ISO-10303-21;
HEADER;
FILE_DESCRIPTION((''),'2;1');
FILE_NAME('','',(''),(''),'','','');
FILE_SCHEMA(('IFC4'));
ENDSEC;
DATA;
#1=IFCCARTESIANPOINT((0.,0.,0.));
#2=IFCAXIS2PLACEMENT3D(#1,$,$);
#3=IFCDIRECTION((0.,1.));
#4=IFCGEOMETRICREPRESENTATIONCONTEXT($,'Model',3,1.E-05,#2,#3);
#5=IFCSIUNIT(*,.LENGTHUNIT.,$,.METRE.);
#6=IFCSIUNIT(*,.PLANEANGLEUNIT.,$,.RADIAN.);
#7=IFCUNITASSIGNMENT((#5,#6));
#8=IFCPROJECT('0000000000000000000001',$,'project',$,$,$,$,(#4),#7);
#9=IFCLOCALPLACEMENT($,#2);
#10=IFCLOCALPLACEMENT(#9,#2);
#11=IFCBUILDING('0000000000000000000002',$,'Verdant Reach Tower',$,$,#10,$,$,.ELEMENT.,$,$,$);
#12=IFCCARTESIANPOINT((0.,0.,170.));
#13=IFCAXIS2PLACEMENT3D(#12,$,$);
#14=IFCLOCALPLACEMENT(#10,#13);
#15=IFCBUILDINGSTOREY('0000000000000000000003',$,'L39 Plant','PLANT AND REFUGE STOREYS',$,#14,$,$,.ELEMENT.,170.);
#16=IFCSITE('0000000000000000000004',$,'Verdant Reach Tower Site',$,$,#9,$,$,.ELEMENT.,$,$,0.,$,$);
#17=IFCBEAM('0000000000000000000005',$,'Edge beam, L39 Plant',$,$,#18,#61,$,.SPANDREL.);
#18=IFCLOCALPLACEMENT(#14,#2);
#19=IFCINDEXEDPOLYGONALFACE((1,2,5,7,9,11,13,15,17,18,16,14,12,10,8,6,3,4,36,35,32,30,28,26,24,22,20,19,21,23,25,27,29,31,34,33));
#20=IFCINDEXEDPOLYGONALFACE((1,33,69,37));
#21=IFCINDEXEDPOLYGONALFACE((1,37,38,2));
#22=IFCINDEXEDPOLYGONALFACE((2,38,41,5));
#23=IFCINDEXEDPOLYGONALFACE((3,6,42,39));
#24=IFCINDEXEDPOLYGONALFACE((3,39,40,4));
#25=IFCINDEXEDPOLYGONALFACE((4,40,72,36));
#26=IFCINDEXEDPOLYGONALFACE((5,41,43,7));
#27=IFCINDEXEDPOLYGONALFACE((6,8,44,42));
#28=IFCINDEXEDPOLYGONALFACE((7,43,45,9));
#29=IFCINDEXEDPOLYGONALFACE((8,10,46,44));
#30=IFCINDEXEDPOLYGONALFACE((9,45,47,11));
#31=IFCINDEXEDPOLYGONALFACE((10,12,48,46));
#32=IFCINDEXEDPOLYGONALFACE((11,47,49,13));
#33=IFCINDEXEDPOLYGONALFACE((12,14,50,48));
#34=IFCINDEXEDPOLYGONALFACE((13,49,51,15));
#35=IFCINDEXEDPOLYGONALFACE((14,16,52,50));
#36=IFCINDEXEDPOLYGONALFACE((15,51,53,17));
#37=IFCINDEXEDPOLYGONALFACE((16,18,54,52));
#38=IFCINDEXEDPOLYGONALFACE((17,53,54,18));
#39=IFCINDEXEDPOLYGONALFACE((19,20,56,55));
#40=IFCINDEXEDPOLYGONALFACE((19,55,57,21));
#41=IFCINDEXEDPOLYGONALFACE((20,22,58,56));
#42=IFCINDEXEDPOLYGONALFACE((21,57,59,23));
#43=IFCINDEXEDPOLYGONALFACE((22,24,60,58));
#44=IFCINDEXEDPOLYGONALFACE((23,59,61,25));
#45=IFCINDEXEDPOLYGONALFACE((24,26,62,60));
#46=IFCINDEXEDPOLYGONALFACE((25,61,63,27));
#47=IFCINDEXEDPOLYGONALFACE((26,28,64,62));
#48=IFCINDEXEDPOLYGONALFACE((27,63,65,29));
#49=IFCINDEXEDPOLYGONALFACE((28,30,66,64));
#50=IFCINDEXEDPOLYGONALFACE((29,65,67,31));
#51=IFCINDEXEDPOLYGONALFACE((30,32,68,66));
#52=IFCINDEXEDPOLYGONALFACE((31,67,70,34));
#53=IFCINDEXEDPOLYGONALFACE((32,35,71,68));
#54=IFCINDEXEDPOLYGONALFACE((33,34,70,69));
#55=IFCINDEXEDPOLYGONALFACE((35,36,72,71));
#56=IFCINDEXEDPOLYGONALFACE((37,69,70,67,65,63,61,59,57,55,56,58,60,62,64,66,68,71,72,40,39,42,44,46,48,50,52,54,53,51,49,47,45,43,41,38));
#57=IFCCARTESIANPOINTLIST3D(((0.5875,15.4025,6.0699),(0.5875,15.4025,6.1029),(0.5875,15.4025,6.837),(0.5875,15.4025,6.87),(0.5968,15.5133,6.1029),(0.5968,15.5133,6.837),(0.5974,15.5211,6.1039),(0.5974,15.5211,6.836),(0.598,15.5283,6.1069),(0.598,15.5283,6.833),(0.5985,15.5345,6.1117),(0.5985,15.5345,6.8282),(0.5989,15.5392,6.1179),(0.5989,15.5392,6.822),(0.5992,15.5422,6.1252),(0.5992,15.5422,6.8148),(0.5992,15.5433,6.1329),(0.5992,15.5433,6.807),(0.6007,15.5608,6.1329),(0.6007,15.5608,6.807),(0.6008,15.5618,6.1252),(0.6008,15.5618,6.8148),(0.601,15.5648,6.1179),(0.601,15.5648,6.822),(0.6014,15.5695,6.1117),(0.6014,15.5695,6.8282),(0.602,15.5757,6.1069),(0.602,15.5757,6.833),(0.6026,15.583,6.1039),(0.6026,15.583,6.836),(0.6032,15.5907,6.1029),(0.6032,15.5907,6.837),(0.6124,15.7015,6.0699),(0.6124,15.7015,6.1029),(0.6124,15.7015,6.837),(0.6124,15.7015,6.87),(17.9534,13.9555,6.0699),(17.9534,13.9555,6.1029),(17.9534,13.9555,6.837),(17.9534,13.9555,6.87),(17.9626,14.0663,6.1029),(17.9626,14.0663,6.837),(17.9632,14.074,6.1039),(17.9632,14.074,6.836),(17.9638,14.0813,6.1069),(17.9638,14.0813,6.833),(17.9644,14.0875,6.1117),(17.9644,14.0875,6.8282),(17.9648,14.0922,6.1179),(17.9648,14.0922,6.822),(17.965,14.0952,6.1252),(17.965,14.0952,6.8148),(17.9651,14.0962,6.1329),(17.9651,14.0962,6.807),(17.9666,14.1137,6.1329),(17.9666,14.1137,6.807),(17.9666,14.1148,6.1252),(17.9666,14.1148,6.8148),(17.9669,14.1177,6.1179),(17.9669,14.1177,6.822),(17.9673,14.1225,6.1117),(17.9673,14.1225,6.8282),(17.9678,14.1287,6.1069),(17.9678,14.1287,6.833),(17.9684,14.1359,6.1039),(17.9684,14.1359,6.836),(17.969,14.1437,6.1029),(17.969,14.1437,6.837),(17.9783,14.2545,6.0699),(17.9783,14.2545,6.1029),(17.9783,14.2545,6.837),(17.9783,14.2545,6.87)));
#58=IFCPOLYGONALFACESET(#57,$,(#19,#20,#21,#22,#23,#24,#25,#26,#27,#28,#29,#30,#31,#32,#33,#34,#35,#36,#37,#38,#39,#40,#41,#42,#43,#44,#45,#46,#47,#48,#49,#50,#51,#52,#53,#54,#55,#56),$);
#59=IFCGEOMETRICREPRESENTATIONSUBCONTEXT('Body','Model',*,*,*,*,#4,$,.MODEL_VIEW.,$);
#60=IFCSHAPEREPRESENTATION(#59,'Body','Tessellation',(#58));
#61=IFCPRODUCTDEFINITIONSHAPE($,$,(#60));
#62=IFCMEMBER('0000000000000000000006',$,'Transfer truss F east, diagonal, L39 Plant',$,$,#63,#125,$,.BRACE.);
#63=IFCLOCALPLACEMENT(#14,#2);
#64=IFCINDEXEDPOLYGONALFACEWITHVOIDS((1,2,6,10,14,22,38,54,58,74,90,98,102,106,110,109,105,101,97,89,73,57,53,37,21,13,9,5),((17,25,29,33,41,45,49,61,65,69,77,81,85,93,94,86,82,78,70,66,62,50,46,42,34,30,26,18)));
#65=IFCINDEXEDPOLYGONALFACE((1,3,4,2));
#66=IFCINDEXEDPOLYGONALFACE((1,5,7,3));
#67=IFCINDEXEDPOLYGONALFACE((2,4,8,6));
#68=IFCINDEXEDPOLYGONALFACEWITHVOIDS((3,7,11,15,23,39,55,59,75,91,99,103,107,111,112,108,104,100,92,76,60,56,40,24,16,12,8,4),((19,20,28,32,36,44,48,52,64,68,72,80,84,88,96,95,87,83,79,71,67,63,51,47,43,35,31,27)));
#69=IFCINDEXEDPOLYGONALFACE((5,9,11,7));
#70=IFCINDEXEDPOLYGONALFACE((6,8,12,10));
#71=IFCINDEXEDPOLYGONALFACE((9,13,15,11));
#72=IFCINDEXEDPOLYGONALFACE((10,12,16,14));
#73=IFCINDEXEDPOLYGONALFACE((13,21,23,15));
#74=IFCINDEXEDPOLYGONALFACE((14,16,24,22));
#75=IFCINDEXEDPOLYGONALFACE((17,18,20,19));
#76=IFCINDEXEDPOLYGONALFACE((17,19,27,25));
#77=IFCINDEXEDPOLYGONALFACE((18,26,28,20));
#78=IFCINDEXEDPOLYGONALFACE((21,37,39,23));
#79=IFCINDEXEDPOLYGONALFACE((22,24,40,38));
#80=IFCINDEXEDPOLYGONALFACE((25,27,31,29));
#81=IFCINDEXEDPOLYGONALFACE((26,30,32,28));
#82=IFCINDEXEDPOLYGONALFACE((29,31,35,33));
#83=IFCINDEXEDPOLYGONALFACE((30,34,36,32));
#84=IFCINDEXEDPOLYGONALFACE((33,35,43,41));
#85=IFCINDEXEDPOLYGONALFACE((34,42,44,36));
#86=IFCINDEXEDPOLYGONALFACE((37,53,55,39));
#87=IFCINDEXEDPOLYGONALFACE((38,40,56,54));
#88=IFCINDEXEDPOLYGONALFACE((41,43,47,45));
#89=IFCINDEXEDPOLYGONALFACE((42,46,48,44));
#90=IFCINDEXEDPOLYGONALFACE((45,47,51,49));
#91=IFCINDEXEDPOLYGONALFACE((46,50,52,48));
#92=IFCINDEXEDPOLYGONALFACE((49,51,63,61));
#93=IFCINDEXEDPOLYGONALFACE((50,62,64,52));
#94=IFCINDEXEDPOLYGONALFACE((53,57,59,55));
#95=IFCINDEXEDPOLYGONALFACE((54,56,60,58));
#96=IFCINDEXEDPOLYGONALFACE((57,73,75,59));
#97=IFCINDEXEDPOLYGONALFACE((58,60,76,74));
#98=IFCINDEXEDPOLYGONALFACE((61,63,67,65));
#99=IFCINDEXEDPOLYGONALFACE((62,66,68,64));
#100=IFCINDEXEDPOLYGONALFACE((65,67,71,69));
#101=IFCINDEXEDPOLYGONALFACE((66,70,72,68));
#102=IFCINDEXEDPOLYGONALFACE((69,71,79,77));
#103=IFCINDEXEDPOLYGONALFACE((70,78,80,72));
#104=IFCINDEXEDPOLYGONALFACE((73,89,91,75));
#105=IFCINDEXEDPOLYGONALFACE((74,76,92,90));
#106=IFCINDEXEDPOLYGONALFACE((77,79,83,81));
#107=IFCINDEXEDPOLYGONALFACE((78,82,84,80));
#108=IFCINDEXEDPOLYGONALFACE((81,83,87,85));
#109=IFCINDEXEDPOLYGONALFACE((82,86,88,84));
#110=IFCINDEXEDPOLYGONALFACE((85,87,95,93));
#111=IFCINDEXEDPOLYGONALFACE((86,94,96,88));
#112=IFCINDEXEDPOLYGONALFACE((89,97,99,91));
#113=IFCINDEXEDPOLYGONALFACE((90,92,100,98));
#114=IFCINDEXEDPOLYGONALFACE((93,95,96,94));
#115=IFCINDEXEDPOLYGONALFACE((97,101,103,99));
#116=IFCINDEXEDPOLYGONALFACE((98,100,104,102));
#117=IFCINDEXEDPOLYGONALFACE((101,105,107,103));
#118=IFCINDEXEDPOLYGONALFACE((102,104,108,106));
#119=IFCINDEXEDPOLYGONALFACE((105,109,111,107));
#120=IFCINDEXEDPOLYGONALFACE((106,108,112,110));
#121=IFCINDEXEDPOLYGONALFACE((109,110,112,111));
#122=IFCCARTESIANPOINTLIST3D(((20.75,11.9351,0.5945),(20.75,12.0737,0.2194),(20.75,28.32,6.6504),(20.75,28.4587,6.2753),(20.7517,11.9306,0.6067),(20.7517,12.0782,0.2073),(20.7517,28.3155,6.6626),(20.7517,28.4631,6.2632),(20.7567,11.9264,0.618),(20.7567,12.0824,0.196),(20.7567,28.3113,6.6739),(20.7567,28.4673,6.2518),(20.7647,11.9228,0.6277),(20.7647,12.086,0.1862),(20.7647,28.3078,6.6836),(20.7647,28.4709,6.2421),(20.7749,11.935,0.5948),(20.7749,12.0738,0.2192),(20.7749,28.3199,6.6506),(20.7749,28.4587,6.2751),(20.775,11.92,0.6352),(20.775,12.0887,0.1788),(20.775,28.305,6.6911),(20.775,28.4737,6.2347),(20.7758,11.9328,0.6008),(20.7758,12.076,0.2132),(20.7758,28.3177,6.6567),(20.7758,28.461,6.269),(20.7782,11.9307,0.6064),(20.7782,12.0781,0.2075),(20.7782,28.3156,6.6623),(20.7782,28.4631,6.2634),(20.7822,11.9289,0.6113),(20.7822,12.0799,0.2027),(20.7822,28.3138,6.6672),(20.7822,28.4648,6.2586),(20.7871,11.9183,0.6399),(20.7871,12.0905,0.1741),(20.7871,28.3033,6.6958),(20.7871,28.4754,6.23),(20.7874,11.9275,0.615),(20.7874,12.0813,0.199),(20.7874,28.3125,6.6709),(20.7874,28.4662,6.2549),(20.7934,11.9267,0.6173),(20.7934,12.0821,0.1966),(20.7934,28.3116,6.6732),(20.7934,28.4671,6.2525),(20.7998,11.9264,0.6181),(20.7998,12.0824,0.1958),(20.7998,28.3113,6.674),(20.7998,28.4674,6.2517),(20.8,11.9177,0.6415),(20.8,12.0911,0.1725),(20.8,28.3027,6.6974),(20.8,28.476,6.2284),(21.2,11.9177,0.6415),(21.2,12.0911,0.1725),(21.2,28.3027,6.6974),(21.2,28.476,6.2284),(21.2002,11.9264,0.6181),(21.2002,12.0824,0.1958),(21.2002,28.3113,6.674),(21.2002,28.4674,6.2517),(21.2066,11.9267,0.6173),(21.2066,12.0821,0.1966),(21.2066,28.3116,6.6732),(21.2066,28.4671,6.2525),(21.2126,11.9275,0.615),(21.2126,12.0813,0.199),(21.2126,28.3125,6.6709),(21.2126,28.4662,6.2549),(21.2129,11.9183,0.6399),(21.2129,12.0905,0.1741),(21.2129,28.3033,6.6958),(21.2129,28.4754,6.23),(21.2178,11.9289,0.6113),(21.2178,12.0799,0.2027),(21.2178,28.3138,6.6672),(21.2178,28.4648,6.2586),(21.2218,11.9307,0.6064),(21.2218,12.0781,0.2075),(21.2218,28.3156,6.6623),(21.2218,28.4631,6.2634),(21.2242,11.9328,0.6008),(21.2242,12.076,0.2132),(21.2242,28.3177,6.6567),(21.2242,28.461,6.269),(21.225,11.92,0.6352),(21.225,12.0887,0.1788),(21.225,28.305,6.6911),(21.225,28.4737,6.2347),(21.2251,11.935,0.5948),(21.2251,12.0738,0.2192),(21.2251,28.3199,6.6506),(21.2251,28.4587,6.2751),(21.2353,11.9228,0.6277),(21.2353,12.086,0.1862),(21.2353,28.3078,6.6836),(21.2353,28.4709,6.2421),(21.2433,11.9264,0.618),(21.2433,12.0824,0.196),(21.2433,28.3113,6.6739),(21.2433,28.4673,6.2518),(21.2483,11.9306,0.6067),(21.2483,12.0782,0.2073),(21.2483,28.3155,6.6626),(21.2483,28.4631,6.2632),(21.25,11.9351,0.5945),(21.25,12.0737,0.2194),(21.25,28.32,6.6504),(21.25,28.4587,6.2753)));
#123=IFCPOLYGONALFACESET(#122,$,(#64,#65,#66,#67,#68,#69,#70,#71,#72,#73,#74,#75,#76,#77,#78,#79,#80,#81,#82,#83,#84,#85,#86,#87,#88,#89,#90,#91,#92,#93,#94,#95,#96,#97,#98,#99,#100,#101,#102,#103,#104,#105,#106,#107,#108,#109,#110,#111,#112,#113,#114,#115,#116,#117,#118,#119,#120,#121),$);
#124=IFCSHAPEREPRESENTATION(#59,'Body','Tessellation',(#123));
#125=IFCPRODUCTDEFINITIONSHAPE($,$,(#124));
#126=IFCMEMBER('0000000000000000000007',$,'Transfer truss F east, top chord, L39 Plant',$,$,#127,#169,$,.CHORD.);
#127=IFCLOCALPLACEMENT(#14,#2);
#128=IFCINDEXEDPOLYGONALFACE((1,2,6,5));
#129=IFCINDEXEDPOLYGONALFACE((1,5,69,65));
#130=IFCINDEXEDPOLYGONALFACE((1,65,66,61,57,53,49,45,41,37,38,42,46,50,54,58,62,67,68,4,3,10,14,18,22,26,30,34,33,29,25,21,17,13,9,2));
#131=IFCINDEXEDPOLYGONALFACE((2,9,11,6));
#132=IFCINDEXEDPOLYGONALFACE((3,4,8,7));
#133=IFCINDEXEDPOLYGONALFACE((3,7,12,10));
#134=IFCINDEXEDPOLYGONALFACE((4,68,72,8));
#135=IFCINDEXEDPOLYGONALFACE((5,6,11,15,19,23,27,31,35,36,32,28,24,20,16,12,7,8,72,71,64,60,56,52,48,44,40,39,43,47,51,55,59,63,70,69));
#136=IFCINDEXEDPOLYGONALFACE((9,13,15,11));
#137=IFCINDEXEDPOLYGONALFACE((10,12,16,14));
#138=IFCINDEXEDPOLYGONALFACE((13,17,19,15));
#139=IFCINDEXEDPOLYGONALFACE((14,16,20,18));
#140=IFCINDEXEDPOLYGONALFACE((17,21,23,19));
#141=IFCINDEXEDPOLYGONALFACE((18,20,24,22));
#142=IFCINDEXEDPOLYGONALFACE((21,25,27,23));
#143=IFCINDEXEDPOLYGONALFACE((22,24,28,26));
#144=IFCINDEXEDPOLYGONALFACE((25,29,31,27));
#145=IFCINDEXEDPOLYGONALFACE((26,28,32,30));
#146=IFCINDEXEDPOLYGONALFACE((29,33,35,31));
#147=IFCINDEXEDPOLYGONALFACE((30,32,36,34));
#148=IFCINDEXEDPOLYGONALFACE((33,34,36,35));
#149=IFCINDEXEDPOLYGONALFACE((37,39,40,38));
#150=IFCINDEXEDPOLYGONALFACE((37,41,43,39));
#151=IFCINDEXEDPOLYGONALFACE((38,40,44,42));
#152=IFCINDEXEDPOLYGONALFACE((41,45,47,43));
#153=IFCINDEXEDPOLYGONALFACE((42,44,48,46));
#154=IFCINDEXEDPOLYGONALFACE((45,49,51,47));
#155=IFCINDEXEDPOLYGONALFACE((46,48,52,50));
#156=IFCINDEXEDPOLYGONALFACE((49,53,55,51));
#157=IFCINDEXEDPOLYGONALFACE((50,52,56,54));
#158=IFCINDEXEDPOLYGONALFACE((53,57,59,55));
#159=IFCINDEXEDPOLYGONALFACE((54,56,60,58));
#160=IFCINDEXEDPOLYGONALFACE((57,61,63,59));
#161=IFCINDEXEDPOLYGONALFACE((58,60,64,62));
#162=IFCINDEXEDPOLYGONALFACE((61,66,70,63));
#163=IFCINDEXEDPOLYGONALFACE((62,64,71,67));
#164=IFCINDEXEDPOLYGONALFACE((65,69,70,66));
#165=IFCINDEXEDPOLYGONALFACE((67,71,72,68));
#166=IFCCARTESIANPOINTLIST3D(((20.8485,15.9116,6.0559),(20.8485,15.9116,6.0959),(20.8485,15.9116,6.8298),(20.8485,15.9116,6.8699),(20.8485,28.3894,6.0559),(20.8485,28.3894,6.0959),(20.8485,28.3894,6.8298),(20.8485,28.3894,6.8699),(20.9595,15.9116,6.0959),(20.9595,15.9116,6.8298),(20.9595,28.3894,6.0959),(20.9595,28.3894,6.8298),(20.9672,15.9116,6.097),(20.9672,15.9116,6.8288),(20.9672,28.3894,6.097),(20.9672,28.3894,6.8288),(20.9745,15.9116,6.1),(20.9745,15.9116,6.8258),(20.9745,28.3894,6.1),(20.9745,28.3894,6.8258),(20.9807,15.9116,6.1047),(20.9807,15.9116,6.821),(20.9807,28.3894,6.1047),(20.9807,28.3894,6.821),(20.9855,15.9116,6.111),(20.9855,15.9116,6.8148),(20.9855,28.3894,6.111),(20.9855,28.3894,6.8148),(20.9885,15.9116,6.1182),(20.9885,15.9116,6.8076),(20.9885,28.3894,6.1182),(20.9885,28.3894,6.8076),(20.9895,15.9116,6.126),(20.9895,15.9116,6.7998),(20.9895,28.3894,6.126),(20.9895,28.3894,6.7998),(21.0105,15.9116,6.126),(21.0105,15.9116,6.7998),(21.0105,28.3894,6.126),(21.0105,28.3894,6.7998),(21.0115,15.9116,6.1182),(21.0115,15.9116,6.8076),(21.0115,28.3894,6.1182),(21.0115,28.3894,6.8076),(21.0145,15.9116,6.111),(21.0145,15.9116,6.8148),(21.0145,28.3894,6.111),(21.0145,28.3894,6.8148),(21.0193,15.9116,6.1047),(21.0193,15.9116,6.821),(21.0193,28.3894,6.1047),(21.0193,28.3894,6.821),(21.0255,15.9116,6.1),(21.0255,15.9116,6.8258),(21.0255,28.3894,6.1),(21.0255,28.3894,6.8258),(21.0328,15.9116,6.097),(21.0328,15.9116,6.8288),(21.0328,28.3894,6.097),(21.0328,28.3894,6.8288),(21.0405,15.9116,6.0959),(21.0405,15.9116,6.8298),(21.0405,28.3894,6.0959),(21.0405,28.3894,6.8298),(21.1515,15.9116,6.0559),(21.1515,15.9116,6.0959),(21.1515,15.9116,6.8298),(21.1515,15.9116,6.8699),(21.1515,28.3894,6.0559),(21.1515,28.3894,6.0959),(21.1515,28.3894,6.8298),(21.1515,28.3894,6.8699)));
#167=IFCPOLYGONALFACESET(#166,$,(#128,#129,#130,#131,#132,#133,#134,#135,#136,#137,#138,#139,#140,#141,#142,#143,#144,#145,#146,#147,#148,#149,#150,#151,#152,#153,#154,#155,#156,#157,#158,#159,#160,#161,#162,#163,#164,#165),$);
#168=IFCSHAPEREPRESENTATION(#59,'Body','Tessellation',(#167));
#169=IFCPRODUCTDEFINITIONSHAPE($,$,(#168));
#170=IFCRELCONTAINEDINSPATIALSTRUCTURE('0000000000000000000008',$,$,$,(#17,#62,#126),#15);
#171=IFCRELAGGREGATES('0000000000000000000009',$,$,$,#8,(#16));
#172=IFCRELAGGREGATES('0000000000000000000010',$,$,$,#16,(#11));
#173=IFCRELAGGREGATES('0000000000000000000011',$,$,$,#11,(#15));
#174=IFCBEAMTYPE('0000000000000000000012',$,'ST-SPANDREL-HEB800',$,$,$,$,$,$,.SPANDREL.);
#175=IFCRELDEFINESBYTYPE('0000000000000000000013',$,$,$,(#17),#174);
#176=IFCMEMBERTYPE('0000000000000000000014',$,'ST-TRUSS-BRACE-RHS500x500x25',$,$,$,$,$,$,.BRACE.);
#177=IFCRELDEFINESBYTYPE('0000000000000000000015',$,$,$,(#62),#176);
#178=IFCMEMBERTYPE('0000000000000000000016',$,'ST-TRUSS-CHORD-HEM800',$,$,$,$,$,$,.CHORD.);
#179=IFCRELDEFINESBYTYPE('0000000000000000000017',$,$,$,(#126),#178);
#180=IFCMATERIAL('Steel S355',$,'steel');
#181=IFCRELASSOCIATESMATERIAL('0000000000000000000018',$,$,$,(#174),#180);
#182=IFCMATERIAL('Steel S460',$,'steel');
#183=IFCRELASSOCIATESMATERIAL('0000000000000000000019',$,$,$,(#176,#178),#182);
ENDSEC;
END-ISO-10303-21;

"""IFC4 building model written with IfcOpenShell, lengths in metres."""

from ifc_helpers import new_model, si_unit, direction, frame, origin, origin_2d, place, context, subcontext, project, spatial, hollow_rectangle, i_section, extrude, material, material_profile, profile_set, type_object, element, save


model = new_model("IFC4")

# Units and contexts
model_context = context("Model", 3, precision=1e-05, world=origin(), true_north=direction((0.0, 1.0)))
body_context = subcontext(model_context, "Body", "Model", "MODEL_VIEW")
ifc_project = project(units=[si_unit("LENGTHUNIT", "METRE"), si_unit("PLANEANGLEUNIT", "RADIAN")], contexts=[model_context])

# Site, building, storey
site_placement = place(None, origin())
site = spatial("IfcSite", under=ifc_project, at=site_placement, Name="Verdant Reach Tower Site", CompositionType="ELEMENT", RefElevation=0.0)
building_placement = place(site_placement, origin())
building = spatial("IfcBuilding", under=site, at=building_placement, Name="Verdant Reach Tower", CompositionType="ELEMENT")
storey_placement = place(building_placement, frame((0.0, 0.0, 170.0)))
storey = spatial("IfcBuildingStorey", under=building, at=storey_placement, Name="L39 Plant", Description="PLANT AND REFUGE STOREYS", CompositionType="ELEMENT", Elevation=170.0)

# Shared definitions
ifc_material_1 = material(Name="Steel S460", Category="steel")

# Beam
ifc_material_2 = material(Name="Steel S355", Category="steel")
ifc_material_profile_1 = material_profile(ifc_material_2, i_section(OverallWidth=0.3, OverallDepth=0.8, WebThickness=0.0176, FlangeThickness=0.033, FilletRadius=0.03, at=origin_2d()), Name="HEB 800")
ifc_profile_set_1 = profile_set([ifc_material_profile_1], Name="Steel S355")
beam_type_1 = type_object("IfcBeamType", Name="ST-SPANDREL-HEB800", PredefinedType="SPANDREL", material=ifc_profile_set_1)
beam_1_placement = place(storey_placement, frame((17.9658, 14.105, 6.47), z_axis=(-0.996546, 0.083039, 0.0), x_axis=(-0.083039, -0.996546, 0.0)))
element("IfcBeam", 1, at=beam_1_placement, inside=storey, type_object=beam_type_1, Name="Edge beam, L39 Plant", PredefinedType="SPANDREL", context=body_context, shape_type="SweptSolid", body=[
    extrude(i_section(OverallWidth=0.3, OverallDepth=0.8, WebThickness=0.0176, FlangeThickness=0.033, FilletRadius=0.03, at=origin_2d()), origin(), (0.0, 0.0, 1.0), 17.426),
])

# Members
ifc_material_profile_2 = material_profile(ifc_material_1, hollow_rectangle(XDim=0.5, YDim=0.5, WallThickness=0.0249, InnerFilletRadius=0.0249, OuterFilletRadius=0.05, at=origin_2d()), Name="RHS 500x500x25")
ifc_profile_set_2 = profile_set([ifc_material_profile_2], Name="Steel S460")
member_type_1 = type_object("IfcMemberType", Name="ST-TRUSS-BRACE-RHS500x500x25", PredefinedType="BRACE", material=ifc_profile_set_2)
member_1_placement = place(storey_placement, frame((21.0, 12.0044, 0.407), z_axis=(0.0, 0.937984, 0.346679), x_axis=(-1.0, 0.0, 0.0)))
element("IfcMember", 2, at=member_1_placement, inside=storey, type_object=member_type_1, Name="Transfer truss F east, diagonal, L39 Plant", PredefinedType="BRACE", context=body_context, shape_type="SweptSolid", body=[
    extrude(hollow_rectangle(XDim=0.5, YDim=0.5, WallThickness=0.0249, InnerFilletRadius=0.0249, OuterFilletRadius=0.05, at=origin_2d()), origin(), (0.0, 0.0, 1.0), 17.4683),
])
ifc_material_profile_3 = material_profile(ifc_material_1, i_section(OverallWidth=0.303, OverallDepth=0.814, WebThickness=0.021, FlangeThickness=0.04, FilletRadius=0.03, at=origin_2d()), Name="HEM 800")
ifc_profile_set_3 = profile_set([ifc_material_profile_3], Name="Steel S460")
member_type_2 = type_object("IfcMemberType", Name="ST-TRUSS-CHORD-HEM800", PredefinedType="CHORD", material=ifc_profile_set_3)
member_2_placement = place(storey_placement, frame((21.0, 15.9116, 6.4629), z_axis=(0.0, 1.0, 0.0), x_axis=(-1.0, 0.0, 0.0)))
element("IfcMember", 3, at=member_2_placement, inside=storey, type_object=member_type_2, Name="Transfer truss F east, top chord, L39 Plant", PredefinedType="CHORD", context=body_context, shape_type="SweptSolid", body=[
    extrude(i_section(OverallWidth=0.303, OverallDepth=0.814, WebThickness=0.021, FlangeThickness=0.04, FilletRadius=0.03, at=origin_2d()), origin(), (0.0, 0.0, 1.0), 12.4778),
])

save(model, "model.ifc")
